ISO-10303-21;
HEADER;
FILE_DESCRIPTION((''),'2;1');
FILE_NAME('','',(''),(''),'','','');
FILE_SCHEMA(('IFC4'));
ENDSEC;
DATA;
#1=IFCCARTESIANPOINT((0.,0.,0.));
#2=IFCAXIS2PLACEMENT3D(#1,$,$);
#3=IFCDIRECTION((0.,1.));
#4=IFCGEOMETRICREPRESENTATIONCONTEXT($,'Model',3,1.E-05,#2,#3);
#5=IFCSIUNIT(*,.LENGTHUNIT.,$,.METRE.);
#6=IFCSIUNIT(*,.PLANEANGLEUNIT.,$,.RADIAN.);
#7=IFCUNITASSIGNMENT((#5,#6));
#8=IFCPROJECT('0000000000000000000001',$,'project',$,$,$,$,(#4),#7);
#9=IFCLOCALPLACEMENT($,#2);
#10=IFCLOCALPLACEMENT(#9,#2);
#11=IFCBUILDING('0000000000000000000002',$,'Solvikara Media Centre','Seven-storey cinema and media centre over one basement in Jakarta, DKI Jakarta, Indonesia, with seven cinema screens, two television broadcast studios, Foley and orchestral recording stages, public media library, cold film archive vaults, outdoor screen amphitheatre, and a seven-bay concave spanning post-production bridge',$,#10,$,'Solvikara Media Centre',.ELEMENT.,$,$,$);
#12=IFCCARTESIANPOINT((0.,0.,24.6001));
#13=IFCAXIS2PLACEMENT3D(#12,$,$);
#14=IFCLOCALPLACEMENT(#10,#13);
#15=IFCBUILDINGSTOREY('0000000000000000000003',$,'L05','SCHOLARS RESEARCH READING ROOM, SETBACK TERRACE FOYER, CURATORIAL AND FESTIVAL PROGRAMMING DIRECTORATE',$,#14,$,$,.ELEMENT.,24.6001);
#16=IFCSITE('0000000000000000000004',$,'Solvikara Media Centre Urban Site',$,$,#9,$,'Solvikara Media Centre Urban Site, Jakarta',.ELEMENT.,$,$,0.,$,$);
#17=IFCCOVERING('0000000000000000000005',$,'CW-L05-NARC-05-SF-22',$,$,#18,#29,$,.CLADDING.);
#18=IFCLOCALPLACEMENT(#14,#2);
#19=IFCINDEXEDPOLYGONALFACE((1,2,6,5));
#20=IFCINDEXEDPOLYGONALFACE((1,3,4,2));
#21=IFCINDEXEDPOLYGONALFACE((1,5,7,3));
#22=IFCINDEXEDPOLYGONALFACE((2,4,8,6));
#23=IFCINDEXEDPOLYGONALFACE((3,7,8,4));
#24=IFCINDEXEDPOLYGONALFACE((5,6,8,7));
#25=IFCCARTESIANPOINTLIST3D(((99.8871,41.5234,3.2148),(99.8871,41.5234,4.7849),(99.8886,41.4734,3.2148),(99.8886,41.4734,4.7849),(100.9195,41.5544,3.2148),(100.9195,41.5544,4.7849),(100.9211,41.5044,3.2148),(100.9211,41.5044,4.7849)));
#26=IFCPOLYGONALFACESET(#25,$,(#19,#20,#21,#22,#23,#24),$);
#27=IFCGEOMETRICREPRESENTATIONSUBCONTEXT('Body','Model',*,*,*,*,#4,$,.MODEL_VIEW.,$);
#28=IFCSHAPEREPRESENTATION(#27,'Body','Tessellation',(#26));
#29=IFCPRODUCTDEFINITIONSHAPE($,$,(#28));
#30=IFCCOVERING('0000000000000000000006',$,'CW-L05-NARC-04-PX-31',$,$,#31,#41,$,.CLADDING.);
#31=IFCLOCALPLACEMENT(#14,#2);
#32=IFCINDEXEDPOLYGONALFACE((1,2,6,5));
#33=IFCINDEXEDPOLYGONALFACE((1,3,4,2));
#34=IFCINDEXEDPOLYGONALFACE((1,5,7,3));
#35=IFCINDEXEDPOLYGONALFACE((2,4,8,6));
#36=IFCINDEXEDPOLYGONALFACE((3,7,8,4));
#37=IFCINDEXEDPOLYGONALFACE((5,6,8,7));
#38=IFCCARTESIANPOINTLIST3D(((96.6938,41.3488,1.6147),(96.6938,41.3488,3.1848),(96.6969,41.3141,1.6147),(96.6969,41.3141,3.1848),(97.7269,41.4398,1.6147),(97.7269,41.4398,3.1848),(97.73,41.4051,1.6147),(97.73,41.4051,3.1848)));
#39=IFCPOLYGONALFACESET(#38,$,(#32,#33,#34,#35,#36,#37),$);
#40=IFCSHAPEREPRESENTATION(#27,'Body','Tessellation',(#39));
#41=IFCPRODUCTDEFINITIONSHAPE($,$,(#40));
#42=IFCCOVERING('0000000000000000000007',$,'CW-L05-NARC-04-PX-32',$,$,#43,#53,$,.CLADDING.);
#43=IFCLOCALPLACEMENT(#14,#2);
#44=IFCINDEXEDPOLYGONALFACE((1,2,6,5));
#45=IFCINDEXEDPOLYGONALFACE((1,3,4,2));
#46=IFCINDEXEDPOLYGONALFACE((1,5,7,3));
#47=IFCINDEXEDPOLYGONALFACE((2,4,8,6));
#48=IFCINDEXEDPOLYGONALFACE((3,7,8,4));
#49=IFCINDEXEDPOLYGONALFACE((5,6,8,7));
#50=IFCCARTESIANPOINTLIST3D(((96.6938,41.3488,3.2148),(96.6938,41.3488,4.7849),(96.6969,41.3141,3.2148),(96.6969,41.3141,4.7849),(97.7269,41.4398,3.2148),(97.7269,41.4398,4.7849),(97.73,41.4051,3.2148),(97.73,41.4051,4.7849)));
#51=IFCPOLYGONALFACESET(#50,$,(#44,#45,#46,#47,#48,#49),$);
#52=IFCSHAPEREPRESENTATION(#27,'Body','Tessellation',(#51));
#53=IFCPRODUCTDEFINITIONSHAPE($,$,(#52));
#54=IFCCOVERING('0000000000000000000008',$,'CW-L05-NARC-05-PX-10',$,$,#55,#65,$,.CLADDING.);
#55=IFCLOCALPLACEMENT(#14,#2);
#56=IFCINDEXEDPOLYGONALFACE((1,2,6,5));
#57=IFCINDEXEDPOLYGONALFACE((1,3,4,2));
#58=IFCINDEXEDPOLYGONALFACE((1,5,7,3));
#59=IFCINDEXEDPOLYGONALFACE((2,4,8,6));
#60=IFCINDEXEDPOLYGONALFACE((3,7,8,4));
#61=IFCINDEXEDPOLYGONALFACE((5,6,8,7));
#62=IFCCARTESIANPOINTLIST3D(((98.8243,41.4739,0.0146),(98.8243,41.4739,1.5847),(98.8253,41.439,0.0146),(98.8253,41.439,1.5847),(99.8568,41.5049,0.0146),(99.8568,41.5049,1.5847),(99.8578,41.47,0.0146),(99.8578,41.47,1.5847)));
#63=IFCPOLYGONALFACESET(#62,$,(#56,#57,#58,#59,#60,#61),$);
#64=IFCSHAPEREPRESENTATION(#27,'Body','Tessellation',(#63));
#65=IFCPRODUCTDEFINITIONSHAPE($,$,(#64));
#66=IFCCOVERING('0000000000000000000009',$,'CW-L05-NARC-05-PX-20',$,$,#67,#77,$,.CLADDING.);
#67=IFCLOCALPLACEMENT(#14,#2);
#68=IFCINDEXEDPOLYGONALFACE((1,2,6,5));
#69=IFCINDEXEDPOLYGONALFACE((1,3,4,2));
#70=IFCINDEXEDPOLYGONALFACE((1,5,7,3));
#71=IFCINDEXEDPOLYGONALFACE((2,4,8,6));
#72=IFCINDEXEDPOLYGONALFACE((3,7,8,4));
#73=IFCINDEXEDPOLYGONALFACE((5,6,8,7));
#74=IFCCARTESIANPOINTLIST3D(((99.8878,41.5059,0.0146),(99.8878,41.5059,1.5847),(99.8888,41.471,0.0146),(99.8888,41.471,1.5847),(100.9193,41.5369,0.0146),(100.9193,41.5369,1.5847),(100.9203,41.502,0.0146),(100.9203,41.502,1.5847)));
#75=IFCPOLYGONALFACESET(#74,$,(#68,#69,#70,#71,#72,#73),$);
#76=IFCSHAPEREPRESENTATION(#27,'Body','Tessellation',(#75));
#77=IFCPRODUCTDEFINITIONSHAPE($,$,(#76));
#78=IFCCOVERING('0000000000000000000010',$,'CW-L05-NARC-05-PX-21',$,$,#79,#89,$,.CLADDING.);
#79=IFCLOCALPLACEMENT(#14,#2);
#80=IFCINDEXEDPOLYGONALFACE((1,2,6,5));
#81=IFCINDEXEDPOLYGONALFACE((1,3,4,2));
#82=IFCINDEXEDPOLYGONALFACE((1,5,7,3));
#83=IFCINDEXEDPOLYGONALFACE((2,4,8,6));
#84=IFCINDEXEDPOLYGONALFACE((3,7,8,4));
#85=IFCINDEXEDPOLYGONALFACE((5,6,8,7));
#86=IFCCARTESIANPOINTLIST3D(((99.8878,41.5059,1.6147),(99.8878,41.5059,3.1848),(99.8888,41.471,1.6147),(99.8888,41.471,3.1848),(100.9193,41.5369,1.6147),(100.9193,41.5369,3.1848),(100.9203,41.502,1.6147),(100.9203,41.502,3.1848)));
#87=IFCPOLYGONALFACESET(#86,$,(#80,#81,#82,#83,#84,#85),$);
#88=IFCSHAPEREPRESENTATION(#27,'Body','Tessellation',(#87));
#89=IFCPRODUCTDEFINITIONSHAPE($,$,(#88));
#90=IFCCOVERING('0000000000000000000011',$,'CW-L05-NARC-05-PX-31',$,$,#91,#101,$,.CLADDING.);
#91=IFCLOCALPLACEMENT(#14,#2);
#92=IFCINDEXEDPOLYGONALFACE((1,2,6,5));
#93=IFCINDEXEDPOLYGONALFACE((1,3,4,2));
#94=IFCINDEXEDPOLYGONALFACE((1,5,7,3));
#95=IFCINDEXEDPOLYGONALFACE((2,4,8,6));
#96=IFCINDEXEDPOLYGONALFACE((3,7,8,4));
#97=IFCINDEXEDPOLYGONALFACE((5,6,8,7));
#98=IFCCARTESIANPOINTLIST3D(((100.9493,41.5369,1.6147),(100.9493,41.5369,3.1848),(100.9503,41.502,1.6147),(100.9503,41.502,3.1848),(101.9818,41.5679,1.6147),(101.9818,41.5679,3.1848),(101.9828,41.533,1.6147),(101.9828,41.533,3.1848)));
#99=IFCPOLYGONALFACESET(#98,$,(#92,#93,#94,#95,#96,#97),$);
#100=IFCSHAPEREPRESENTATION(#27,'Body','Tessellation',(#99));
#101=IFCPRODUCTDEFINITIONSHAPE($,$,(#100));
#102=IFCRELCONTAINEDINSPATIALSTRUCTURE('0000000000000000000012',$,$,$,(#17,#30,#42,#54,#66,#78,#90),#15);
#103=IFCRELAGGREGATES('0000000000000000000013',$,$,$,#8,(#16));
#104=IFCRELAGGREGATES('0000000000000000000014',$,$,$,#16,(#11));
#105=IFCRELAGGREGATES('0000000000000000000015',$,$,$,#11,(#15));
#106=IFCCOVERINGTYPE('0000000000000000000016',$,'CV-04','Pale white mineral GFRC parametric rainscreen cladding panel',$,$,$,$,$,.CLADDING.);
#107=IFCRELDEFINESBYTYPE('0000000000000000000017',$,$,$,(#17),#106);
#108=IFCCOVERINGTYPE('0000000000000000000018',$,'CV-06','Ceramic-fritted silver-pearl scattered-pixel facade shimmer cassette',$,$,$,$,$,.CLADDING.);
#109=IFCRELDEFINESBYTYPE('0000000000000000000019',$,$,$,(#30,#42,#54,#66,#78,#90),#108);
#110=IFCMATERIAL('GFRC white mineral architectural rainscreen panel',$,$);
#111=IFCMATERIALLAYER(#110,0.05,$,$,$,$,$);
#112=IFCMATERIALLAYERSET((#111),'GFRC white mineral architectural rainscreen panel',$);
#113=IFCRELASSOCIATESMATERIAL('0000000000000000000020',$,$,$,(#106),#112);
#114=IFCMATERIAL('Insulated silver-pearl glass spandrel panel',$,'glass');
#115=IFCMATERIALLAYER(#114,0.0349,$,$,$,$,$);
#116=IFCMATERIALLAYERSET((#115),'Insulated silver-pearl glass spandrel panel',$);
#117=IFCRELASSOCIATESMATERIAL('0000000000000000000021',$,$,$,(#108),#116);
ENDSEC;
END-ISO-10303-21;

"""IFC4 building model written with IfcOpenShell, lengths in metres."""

from ifc_helpers import new_model, si_unit, direction, frame, origin, origin_2d, place, context, subcontext, project, spatial, rectangle, extrude, material, layer, layer_set, type_object, element, save


model = new_model("IFC4")

# Units and contexts
model_context = context("Model", 3, precision=1e-05, world=origin(), true_north=direction((0.0, 1.0)))
body_context = subcontext(model_context, "Body", "Model", "MODEL_VIEW")
ifc_project = project(units=[si_unit("LENGTHUNIT", "METRE"), si_unit("PLANEANGLEUNIT", "RADIAN")], contexts=[model_context])

# Site, building, storey
site_placement = place(None, origin())
site = spatial("IfcSite", under=ifc_project, at=site_placement, Name="Solvikara Media Centre Urban Site", LongName="Solvikara Media Centre Urban Site, Jakarta", CompositionType="ELEMENT", RefElevation=0.0)
building_placement = place(site_placement, origin())
building = spatial("IfcBuilding", under=site, at=building_placement, Name="Solvikara Media Centre", Description="Seven-storey cinema and media centre over one basement in Jakarta, DKI Jakarta, Indonesia, with seven cinema screens, two television broadcast studios, Foley and orchestral recording stages, public media library, cold film archive vaults, outdoor screen amphitheatre, and a seven-bay concave spanning post-production bridge", LongName="Solvikara Media Centre", CompositionType="ELEMENT")
storey_placement = place(building_placement, frame((0.0, 0.0, 24.6001)))
storey = spatial("IfcBuildingStorey", under=building, at=storey_placement, Name="L05", Description="SCHOLARS RESEARCH READING ROOM, SETBACK TERRACE FOYER, CURATORIAL AND FESTIVAL PROGRAMMING DIRECTORATE", CompositionType="ELEMENT", Elevation=24.6001)

# Shared definitions
ifc_material_1 = material(Name="Insulated silver-pearl glass spandrel panel", Category="glass")

# Coverings
ifc_material_2 = material(Name="GFRC white mineral architectural rainscreen panel")
ifc_layer_1 = layer(ifc_material_2, 0.05)
ifc_layer_set_1 = layer_set([ifc_layer_1], Name="GFRC white mineral architectural rainscreen panel")
covering_type_1 = type_object("IfcCoveringType", Name="CV-04", Description="Pale white mineral GFRC parametric rainscreen cladding panel", PredefinedType="CLADDING", material=ifc_layer_set_1)
for number, where, z_axis, x_axis, name in (
    (1, (100.4041, 41.5139, 3.2148), (0.0, 0.0, 1.0), (0.99955, 0.029998, 0.0), "CW-L05-NARC-05-SF-22"),
):
    element("IfcCovering", number, at=place(storey_placement, frame(where, z_axis=z_axis, x_axis=x_axis)), inside=storey, type_object=covering_type_1, Name=name, PredefinedType="CLADDING", context=body_context, shape_type="SweptSolid", body=[
        extrude(rectangle(XDim=1.033, YDim=0.05, at=origin_2d()), origin(), (0.0, 0.0, 1.0), 1.5701),
    ])
ifc_layer_2 = layer(ifc_material_1, 0.0349)
ifc_layer_set_2 = layer_set([ifc_layer_2], Name="Insulated silver-pearl glass spandrel panel")
covering_type_2 = type_object("IfcCoveringType", Name="CV-06", Description="Ceramic-fritted silver-pearl scattered-pixel facade shimmer cassette", PredefinedType="CLADDING", material=ifc_layer_set_2)
for number, where, z_axis, x_axis, name in (
    (2, (97.2119, 41.377, 1.6147), (0.0, 0.0, 1.0), (0.996143, 0.087747, 0.0), "CW-L05-NARC-04-PX-31"),
    (3, (97.2119, 41.377, 3.2148), (0.0, 0.0, 1.0), (0.996143, 0.087747, 0.0), "CW-L05-NARC-04-PX-32"),
):
    element("IfcCovering", number, at=place(storey_placement, frame(where, z_axis=z_axis, x_axis=x_axis)), inside=storey, type_object=covering_type_2, Name=name, PredefinedType="CLADDING", context=body_context, shape_type="SweptSolid", body=[
        extrude(rectangle(XDim=1.0371, YDim=0.0349, at=origin_2d()), origin(), (0.0, 0.0, 1.0), 1.5701),
    ])
covering_1_placement = place(storey_placement, frame((99.3411, 41.4719, 0.0146), z_axis=(0.0, 0.0, 1.0), x_axis=(0.99955, 0.029998, 0.0)))
element("IfcCovering", 4, at=covering_1_placement, inside=storey, type_object=covering_type_2, Name="CW-L05-NARC-05-PX-10", PredefinedType="CLADDING", context=body_context, shape_type="SweptSolid", body=[
    extrude(rectangle(XDim=1.033, YDim=0.0349, at=origin_2d()), origin(), (0.0, 0.0, 1.0), 1.5701),
])
for number, where, z_axis, x_axis, name in (
    (5, (100.4041, 41.5039, 0.0146), (0.0, 0.0, 1.0), (0.999549, 0.030033, 0.0), "CW-L05-NARC-05-PX-20"),
    (6, (100.4041, 41.5039, 1.6147), (0.0, 0.0, 1.0), (0.999549, 0.030033, 0.0), "CW-L05-NARC-05-PX-21"),
):
    element("IfcCovering", number, at=place(storey_placement, frame(where, z_axis=z_axis, x_axis=x_axis)), inside=storey, type_object=covering_type_2, Name=name, PredefinedType="CLADDING", context=body_context, shape_type="SweptSolid", body=[
        extrude(rectangle(XDim=1.032, YDim=0.0349, at=origin_2d()), origin(), (0.0, 0.0, 1.0), 1.5701),
    ])
covering_2_placement = place(storey_placement, frame((101.4661, 41.5349, 1.6147), z_axis=(0.0, 0.0, 1.0), x_axis=(0.99955, 0.029998, 0.0)))
element("IfcCovering", 7, at=covering_2_placement, inside=storey, type_object=covering_type_2, Name="CW-L05-NARC-05-PX-31", PredefinedType="CLADDING", context=body_context, shape_type="SweptSolid", body=[
    extrude(rectangle(XDim=1.033, YDim=0.0349, at=origin_2d()), origin(), (0.0, 0.0, 1.0), 1.5701),
])

save(model, "model.ifc")
